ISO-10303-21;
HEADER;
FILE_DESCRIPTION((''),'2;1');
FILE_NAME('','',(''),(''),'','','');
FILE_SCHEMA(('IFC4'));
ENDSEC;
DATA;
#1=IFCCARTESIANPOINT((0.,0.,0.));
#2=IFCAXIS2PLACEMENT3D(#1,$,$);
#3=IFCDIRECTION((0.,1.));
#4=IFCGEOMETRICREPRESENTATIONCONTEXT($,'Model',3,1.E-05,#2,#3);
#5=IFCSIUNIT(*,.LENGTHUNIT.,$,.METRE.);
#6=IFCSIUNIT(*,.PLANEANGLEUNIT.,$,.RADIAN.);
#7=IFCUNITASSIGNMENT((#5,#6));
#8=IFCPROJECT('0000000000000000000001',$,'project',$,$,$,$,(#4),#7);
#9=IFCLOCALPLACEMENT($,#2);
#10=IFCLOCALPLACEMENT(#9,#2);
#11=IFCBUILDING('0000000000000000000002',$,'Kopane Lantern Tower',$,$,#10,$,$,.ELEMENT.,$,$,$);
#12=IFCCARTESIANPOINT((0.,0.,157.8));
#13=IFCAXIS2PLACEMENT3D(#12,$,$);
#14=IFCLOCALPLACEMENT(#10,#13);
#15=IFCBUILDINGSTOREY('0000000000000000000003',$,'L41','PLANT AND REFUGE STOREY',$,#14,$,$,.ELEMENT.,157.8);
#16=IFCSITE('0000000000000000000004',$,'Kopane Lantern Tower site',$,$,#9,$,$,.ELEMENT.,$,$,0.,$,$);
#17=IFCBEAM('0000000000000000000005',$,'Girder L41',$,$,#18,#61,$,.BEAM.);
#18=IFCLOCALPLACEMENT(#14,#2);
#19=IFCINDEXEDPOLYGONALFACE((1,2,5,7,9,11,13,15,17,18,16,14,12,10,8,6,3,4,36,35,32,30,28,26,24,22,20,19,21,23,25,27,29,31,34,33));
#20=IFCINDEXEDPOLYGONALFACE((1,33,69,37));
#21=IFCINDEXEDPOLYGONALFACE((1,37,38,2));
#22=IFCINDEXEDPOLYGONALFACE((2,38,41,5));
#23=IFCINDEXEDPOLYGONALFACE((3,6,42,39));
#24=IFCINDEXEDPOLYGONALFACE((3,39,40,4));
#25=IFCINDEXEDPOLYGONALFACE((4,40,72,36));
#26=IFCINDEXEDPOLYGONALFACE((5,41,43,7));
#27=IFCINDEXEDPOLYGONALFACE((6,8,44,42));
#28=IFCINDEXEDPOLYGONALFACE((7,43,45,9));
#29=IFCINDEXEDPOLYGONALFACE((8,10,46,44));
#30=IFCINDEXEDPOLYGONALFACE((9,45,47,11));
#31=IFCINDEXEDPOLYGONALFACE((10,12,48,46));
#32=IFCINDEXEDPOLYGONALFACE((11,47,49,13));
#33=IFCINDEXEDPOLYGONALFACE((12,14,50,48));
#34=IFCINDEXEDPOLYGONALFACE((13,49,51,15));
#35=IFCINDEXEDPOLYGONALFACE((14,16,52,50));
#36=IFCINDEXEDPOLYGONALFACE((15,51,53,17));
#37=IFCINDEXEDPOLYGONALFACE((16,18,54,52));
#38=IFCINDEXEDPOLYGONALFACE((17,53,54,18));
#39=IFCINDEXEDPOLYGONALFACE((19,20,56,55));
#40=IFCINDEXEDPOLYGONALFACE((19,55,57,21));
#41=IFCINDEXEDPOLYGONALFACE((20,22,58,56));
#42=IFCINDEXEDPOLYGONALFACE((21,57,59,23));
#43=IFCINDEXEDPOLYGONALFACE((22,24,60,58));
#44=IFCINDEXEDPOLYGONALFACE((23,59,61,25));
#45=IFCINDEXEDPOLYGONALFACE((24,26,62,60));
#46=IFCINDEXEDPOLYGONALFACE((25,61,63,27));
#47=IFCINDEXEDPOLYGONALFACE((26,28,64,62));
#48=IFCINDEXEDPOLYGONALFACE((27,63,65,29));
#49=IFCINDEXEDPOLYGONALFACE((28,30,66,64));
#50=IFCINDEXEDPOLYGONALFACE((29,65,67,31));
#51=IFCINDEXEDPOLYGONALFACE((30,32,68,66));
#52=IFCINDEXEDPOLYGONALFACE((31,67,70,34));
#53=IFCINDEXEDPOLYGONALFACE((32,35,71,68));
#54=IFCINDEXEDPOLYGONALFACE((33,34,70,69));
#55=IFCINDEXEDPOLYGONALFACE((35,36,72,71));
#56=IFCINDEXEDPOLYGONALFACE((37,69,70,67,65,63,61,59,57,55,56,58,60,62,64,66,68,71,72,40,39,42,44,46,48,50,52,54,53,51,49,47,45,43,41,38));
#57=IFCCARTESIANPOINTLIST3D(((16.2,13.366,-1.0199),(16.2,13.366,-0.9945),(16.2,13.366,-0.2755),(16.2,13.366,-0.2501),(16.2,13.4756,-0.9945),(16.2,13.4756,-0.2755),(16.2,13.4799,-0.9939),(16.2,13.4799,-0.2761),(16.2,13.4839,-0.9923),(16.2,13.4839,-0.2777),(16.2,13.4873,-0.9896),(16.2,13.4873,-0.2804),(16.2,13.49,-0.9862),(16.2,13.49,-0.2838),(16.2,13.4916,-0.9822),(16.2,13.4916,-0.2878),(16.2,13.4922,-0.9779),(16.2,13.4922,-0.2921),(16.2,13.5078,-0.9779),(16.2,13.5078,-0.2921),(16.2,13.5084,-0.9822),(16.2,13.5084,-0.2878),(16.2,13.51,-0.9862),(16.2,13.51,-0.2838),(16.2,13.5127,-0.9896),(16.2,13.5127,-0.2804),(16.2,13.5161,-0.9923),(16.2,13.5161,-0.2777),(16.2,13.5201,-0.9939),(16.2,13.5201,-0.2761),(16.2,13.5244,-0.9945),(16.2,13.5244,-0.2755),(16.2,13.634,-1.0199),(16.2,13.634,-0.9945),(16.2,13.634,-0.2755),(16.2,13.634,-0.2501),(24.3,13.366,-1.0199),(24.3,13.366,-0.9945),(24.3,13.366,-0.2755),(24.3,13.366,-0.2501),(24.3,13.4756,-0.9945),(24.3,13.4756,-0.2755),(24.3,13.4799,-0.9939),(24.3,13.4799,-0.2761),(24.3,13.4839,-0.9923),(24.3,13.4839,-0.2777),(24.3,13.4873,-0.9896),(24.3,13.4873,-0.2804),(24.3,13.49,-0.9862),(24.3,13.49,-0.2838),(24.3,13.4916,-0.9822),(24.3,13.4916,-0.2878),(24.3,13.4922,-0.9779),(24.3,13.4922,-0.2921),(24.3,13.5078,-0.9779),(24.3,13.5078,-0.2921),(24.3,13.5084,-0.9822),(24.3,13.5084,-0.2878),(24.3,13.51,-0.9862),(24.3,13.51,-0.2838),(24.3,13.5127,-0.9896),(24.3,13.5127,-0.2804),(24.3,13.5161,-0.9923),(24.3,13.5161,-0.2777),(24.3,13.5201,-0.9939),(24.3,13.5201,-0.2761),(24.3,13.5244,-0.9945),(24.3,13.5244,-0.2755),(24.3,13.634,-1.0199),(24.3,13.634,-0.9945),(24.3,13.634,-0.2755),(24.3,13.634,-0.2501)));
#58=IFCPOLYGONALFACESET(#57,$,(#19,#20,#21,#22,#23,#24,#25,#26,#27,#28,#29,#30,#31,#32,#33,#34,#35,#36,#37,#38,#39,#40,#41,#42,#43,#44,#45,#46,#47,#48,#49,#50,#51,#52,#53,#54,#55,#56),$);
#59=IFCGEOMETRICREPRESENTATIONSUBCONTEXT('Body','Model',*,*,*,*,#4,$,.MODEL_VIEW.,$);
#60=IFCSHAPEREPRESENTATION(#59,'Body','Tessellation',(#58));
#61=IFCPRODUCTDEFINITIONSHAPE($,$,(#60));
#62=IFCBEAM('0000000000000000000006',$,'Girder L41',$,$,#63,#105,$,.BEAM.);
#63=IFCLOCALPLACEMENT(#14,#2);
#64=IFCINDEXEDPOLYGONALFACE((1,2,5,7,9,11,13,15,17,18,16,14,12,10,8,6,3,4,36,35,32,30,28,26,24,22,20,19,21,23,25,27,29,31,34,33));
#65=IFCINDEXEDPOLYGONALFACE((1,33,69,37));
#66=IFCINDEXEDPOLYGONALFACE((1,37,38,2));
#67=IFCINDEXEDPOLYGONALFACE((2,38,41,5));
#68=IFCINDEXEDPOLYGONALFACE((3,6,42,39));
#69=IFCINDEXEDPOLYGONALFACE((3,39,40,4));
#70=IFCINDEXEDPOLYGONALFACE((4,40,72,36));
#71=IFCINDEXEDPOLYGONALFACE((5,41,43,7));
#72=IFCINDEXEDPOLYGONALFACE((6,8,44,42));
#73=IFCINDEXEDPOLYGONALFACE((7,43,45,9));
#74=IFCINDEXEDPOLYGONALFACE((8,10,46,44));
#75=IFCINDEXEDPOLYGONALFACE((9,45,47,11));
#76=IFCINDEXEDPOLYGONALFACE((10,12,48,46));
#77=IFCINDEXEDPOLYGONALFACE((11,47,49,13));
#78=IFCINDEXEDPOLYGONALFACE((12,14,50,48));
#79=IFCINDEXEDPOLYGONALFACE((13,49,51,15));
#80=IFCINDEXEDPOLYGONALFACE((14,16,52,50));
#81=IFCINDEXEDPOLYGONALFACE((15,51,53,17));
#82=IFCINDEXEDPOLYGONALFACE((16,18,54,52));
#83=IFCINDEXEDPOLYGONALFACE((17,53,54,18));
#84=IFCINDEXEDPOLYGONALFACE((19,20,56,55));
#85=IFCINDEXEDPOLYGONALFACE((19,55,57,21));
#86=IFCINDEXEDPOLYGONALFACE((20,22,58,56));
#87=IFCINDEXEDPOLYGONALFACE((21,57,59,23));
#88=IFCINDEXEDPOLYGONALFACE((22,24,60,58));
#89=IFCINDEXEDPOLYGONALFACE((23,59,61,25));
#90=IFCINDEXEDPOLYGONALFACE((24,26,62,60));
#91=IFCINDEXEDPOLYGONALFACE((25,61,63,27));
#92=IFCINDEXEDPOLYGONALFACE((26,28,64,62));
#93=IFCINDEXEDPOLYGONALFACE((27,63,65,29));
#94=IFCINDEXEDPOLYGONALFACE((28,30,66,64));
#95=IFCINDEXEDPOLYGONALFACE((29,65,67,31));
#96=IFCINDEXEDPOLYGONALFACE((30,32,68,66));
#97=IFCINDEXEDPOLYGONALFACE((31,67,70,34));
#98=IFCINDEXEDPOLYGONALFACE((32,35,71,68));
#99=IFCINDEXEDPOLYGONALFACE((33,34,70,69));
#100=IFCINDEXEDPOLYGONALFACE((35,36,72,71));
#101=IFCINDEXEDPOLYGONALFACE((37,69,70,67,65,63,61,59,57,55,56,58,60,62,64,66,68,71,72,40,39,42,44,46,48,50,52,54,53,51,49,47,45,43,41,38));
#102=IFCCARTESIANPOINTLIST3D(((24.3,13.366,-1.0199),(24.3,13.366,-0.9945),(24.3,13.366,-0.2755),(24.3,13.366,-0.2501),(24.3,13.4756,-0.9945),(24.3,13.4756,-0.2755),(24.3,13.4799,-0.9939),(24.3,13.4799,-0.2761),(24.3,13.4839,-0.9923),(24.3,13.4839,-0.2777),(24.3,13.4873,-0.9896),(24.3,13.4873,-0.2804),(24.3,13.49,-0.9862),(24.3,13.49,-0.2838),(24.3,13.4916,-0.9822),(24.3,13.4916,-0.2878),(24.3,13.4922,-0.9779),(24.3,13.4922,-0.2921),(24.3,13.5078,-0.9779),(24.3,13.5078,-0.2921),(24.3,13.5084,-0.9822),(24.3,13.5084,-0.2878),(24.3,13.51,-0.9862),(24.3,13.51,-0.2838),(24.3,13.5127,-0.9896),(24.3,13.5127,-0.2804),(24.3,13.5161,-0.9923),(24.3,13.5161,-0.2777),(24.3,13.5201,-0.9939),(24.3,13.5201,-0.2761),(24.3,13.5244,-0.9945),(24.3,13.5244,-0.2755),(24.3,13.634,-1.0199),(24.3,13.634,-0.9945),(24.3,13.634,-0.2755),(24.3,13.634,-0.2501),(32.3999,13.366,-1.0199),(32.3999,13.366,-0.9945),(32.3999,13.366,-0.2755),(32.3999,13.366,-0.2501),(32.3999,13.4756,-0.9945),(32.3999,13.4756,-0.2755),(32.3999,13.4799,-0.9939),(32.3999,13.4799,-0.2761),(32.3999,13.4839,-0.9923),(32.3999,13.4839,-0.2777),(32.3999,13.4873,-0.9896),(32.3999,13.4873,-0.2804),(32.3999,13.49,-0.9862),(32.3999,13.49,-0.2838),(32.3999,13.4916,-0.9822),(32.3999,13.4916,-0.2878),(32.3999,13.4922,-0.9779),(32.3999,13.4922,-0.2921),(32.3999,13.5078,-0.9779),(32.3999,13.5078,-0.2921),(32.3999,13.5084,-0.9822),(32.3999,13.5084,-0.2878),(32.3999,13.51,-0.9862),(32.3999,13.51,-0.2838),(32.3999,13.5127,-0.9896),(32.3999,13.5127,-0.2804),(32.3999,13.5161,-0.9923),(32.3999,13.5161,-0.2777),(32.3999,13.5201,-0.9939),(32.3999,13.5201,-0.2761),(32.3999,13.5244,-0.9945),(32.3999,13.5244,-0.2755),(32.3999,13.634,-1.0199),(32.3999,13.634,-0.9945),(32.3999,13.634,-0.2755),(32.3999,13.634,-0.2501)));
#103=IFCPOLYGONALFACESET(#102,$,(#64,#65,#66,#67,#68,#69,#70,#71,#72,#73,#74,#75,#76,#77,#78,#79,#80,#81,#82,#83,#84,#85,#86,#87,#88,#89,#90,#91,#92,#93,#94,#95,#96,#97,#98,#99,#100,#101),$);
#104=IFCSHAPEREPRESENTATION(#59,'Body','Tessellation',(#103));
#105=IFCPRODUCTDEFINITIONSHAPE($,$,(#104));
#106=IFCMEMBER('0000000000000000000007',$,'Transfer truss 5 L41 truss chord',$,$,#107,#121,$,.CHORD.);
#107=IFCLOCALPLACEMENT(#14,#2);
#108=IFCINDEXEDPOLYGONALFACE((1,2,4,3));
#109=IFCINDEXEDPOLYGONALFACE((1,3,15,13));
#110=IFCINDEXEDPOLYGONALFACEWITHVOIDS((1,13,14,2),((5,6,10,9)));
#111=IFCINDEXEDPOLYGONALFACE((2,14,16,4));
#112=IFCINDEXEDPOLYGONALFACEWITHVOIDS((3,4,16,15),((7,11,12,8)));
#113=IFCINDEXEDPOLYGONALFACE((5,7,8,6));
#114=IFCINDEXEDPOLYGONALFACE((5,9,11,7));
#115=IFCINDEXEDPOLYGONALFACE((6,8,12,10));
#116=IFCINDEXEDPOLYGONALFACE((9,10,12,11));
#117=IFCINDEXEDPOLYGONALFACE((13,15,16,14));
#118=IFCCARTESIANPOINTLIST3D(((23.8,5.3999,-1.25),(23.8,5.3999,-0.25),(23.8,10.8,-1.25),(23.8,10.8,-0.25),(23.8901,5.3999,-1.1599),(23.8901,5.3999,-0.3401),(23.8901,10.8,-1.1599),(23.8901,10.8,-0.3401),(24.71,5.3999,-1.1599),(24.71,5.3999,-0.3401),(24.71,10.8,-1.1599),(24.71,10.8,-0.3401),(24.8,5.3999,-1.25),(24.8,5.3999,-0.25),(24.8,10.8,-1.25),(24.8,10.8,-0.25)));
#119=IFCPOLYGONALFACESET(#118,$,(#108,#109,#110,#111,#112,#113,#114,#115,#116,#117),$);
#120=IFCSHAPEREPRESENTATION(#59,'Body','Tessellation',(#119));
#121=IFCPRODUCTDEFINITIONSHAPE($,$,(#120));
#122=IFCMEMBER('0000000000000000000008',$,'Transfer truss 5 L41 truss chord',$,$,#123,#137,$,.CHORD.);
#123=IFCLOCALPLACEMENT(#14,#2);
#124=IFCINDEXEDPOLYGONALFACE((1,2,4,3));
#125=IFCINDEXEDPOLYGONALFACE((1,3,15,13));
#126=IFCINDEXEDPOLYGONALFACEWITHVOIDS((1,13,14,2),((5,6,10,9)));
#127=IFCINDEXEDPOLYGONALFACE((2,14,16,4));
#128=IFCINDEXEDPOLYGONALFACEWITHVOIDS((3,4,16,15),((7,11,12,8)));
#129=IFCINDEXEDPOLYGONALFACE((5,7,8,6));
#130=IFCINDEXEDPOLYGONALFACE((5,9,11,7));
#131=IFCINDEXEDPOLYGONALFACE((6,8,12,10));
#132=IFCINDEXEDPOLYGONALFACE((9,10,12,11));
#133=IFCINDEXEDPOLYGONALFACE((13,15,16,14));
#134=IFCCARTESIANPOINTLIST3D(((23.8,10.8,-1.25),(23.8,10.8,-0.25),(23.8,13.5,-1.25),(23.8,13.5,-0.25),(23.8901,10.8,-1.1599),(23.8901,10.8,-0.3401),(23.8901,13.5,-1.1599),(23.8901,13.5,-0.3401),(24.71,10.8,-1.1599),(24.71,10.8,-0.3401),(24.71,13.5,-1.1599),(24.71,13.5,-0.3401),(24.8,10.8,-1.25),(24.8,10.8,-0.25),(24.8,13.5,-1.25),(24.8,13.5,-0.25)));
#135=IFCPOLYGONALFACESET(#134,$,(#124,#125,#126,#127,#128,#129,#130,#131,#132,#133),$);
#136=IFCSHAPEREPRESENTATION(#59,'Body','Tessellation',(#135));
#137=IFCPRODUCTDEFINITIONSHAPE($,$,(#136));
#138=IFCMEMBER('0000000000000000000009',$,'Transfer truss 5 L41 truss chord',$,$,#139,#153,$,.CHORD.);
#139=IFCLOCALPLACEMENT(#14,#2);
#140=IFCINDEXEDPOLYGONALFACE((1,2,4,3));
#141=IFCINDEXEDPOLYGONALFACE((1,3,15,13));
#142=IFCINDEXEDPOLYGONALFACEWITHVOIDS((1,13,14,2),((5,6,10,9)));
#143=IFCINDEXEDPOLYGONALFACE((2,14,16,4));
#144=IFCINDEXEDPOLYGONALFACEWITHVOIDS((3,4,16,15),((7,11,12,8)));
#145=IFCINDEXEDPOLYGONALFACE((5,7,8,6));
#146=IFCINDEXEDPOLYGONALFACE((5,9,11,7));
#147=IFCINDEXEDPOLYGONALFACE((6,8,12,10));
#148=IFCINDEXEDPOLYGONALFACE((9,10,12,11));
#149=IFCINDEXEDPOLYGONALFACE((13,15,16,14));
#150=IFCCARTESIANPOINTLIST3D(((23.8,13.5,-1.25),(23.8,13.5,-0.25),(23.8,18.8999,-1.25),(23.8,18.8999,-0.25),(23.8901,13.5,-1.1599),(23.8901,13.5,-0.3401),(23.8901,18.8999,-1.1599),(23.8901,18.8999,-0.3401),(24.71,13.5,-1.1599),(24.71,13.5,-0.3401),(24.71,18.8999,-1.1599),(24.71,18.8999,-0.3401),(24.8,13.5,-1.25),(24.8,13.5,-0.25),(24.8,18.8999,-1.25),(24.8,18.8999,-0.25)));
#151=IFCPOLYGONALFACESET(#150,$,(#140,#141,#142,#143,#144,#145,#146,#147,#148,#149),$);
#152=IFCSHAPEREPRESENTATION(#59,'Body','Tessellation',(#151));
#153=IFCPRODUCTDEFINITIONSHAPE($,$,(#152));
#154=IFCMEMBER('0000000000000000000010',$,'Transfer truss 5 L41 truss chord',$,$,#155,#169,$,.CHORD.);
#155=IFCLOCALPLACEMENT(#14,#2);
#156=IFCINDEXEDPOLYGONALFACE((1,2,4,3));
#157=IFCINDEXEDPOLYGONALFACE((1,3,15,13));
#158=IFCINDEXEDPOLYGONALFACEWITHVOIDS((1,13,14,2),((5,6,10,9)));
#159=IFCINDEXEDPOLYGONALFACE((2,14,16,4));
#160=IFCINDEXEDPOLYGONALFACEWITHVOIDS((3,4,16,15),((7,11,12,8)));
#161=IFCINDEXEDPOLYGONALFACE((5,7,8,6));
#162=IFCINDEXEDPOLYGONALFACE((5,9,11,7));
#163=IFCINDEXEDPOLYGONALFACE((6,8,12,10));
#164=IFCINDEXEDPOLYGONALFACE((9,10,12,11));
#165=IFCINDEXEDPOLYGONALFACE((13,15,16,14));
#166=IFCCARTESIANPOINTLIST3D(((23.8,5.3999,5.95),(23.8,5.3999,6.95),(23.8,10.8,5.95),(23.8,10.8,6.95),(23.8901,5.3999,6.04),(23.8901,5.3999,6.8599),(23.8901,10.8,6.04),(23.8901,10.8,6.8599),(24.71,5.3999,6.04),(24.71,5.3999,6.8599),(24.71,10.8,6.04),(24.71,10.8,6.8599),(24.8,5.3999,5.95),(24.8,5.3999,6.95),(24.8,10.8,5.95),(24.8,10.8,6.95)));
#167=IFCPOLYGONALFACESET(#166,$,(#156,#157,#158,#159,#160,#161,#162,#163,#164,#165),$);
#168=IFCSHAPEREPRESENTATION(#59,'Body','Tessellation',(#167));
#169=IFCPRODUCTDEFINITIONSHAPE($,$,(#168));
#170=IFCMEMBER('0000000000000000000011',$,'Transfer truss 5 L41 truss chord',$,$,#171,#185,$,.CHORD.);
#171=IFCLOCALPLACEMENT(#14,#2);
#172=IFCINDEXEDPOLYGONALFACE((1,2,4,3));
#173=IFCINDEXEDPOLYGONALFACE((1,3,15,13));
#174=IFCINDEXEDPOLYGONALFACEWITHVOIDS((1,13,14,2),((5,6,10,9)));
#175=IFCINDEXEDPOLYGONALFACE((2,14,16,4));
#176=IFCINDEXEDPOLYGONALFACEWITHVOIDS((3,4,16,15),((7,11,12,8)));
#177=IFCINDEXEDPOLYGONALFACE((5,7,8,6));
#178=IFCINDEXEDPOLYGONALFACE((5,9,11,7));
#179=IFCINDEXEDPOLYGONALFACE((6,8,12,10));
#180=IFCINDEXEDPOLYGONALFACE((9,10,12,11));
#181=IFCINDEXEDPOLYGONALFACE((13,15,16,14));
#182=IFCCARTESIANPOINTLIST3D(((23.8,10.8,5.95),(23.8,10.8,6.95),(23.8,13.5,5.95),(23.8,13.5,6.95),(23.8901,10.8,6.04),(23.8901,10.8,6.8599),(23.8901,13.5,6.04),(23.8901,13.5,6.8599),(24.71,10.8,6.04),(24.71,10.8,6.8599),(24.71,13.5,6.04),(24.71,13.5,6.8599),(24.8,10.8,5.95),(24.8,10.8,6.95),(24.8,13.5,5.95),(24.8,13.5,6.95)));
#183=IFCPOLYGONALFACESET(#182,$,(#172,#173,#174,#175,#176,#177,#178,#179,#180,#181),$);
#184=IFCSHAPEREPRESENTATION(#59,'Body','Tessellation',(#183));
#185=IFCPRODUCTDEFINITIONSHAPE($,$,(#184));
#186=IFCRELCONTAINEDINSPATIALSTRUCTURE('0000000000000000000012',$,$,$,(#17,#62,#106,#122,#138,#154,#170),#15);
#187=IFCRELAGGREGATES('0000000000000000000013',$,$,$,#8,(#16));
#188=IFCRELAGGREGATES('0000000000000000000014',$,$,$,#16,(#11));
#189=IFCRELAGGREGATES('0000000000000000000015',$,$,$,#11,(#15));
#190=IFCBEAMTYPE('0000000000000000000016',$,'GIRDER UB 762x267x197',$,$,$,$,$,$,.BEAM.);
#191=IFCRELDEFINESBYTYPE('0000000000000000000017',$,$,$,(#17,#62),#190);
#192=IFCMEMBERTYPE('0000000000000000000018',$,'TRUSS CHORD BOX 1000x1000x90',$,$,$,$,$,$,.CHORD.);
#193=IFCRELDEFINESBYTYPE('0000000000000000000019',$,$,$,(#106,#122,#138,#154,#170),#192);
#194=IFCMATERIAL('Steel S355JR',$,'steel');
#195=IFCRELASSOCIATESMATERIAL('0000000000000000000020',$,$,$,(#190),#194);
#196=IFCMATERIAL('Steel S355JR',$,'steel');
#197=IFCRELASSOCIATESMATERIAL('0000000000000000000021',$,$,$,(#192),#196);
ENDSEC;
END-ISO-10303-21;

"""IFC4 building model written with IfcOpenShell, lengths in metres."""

from ifc_helpers import new_model, si_unit, direction, frame, origin, origin_2d, place, context, subcontext, project, spatial, hollow_rectangle, i_section, extrude, material, material_profile, profile_set, type_object, element, save


model = new_model("IFC4")

# Units and contexts
model_context = context("Model", 3, precision=1e-05, world=origin(), true_north=direction((0.0, 1.0)))
body_context = subcontext(model_context, "Body", "Model", "MODEL_VIEW")
ifc_project = project(units=[si_unit("LENGTHUNIT", "METRE"), si_unit("PLANEANGLEUNIT", "RADIAN")], contexts=[model_context])

# Site, building, storey
site_placement = place(None, origin())
site = spatial("IfcSite", under=ifc_project, at=site_placement, Name="Kopane Lantern Tower site", CompositionType="ELEMENT", RefElevation=0.0)
building_placement = place(site_placement, origin())
building = spatial("IfcBuilding", under=site, at=building_placement, Name="Kopane Lantern Tower", CompositionType="ELEMENT")
storey_placement = place(building_placement, frame((0.0, 0.0, 157.8)))
storey = spatial("IfcBuildingStorey", under=building, at=storey_placement, Name="L41", Description="PLANT AND REFUGE STOREY", CompositionType="ELEMENT", Elevation=157.8)

# Beams
ifc_material_1 = material(Name="Steel S355JR", Category="steel")
ifc_material_profile_1 = material_profile(ifc_material_1, i_section(OverallWidth=0.2681, OverallDepth=0.7698, WebThickness=0.0156, FlangeThickness=0.0254, FilletRadius=0.0166, at=origin_2d()), Name="UB 762x267x197")
ifc_profile_set_1 = profile_set([ifc_material_profile_1], Name="Steel S355JR")
beam_type = type_object("IfcBeamType", Name="GIRDER UB 762x267x197", PredefinedType="BEAM", material=ifc_profile_set_1)
beam_1_placement = place(storey_placement, frame((16.2, 13.5, -0.635), z_axis=(1.0, 0.0, 0.0), x_axis=(0.0, 1.0, 0.0)))
element("IfcBeam", 1, at=beam_1_placement, inside=storey, type_object=beam_type, Name="Girder L41", PredefinedType="BEAM", context=body_context, shape_type="SweptSolid", body=[
    extrude(i_section(OverallWidth=0.2681, OverallDepth=0.7698, WebThickness=0.0156, FlangeThickness=0.0254, FilletRadius=0.0166, at=origin_2d()), origin(), (0.0, 0.0, 1.0), 8.1001),
])
beam_2_placement = place(storey_placement, frame((24.3, 13.5, -0.635), z_axis=(1.0, 0.0, 0.0), x_axis=(0.0, 1.0, 0.0)))
element("IfcBeam", 2, at=beam_2_placement, inside=storey, type_object=beam_type, Name="Girder L41", PredefinedType="BEAM", context=body_context, shape_type="SweptSolid", body=[
    extrude(i_section(OverallWidth=0.2681, OverallDepth=0.7698, WebThickness=0.0156, FlangeThickness=0.0254, FilletRadius=0.0166, at=origin_2d()), origin(), (0.0, 0.0, 1.0), 8.0999),
])

# Members
ifc_material_2 = material(Name="Steel S355JR", Category="steel")
ifc_material_profile_2 = material_profile(ifc_material_2, hollow_rectangle(XDim=1.0, YDim=1.0, WallThickness=0.0901, at=origin_2d()), Name="BOX 1000x1000x90")
ifc_profile_set_2 = profile_set([ifc_material_profile_2], Name="Steel S355JR")
member_type_1 = type_object("IfcMemberType", Name="TRUSS CHORD BOX 1000x1000x90", PredefinedType="CHORD", material=ifc_profile_set_2)
member_1_placement = place(storey_placement, frame((24.3, 5.3999, -0.75), z_axis=(0.0, 1.0, 0.0), x_axis=(-1.0, 0.0, 0.0)))
element("IfcMember", 3, at=member_1_placement, inside=storey, type_object=member_type_1, Name="Transfer truss 5 L41 truss chord", PredefinedType="CHORD", context=body_context, shape_type="SweptSolid", body=[
    extrude(hollow_rectangle(XDim=1.0, YDim=1.0, WallThickness=0.0901, at=origin_2d()), origin(), (0.0, 0.0, 1.0), 5.4001),
])
member_2_placement = place(storey_placement, frame((24.3, 10.8, -0.75), z_axis=(0.0, 1.0, 0.0), x_axis=(-1.0, 0.0, 0.0)))
element("IfcMember", 4, at=member_2_placement, inside=storey, type_object=member_type_1, Name="Transfer truss 5 L41 truss chord", PredefinedType="CHORD", context=body_context, shape_type="SweptSolid", body=[
    extrude(hollow_rectangle(XDim=1.0, YDim=1.0, WallThickness=0.0901, at=origin_2d()), origin(), (0.0, 0.0, 1.0), 2.7),
])
member_3_placement = place(storey_placement, frame((24.3, 13.5, -0.75), z_axis=(0.0, 1.0, 0.0), x_axis=(-1.0, 0.0, 0.0)))
element("IfcMember", 5, at=member_3_placement, inside=storey, type_object=member_type_1, Name="Transfer truss 5 L41 truss chord", PredefinedType="CHORD", context=body_context, shape_type="SweptSolid", body=[
    extrude(hollow_rectangle(XDim=1.0, YDim=1.0, WallThickness=0.0901, at=origin_2d()), origin(), (0.0, 0.0, 1.0), 5.3999),
])
member_4_placement = place(storey_placement, frame((24.3, 5.3999, 6.45), z_axis=(0.0, 1.0, 0.0), x_axis=(-1.0, 0.0, 0.0)))
element("IfcMember", 6, at=member_4_placement, inside=storey, type_object=member_type_1, Name="Transfer truss 5 L41 truss chord", PredefinedType="CHORD", context=body_context, shape_type="SweptSolid", body=[
    extrude(hollow_rectangle(XDim=1.0, YDim=1.0, WallThickness=0.0901, at=origin_2d()), origin(), (0.0, 0.0, 1.0), 5.4001),
])
member_5_placement = place(storey_placement, frame((24.3, 10.8, 6.45), z_axis=(0.0, 1.0, 0.0), x_axis=(-1.0, 0.0, 0.0)))
element("IfcMember", 7, at=member_5_placement, inside=storey, type_object=member_type_1, Name="Transfer truss 5 L41 truss chord", PredefinedType="CHORD", context=body_context, shape_type="SweptSolid", body=[
    extrude(hollow_rectangle(XDim=1.0, YDim=1.0, WallThickness=0.0901, at=origin_2d()), origin(), (0.0, 0.0, 1.0), 2.7),
])

save(model, "model.ifc")
